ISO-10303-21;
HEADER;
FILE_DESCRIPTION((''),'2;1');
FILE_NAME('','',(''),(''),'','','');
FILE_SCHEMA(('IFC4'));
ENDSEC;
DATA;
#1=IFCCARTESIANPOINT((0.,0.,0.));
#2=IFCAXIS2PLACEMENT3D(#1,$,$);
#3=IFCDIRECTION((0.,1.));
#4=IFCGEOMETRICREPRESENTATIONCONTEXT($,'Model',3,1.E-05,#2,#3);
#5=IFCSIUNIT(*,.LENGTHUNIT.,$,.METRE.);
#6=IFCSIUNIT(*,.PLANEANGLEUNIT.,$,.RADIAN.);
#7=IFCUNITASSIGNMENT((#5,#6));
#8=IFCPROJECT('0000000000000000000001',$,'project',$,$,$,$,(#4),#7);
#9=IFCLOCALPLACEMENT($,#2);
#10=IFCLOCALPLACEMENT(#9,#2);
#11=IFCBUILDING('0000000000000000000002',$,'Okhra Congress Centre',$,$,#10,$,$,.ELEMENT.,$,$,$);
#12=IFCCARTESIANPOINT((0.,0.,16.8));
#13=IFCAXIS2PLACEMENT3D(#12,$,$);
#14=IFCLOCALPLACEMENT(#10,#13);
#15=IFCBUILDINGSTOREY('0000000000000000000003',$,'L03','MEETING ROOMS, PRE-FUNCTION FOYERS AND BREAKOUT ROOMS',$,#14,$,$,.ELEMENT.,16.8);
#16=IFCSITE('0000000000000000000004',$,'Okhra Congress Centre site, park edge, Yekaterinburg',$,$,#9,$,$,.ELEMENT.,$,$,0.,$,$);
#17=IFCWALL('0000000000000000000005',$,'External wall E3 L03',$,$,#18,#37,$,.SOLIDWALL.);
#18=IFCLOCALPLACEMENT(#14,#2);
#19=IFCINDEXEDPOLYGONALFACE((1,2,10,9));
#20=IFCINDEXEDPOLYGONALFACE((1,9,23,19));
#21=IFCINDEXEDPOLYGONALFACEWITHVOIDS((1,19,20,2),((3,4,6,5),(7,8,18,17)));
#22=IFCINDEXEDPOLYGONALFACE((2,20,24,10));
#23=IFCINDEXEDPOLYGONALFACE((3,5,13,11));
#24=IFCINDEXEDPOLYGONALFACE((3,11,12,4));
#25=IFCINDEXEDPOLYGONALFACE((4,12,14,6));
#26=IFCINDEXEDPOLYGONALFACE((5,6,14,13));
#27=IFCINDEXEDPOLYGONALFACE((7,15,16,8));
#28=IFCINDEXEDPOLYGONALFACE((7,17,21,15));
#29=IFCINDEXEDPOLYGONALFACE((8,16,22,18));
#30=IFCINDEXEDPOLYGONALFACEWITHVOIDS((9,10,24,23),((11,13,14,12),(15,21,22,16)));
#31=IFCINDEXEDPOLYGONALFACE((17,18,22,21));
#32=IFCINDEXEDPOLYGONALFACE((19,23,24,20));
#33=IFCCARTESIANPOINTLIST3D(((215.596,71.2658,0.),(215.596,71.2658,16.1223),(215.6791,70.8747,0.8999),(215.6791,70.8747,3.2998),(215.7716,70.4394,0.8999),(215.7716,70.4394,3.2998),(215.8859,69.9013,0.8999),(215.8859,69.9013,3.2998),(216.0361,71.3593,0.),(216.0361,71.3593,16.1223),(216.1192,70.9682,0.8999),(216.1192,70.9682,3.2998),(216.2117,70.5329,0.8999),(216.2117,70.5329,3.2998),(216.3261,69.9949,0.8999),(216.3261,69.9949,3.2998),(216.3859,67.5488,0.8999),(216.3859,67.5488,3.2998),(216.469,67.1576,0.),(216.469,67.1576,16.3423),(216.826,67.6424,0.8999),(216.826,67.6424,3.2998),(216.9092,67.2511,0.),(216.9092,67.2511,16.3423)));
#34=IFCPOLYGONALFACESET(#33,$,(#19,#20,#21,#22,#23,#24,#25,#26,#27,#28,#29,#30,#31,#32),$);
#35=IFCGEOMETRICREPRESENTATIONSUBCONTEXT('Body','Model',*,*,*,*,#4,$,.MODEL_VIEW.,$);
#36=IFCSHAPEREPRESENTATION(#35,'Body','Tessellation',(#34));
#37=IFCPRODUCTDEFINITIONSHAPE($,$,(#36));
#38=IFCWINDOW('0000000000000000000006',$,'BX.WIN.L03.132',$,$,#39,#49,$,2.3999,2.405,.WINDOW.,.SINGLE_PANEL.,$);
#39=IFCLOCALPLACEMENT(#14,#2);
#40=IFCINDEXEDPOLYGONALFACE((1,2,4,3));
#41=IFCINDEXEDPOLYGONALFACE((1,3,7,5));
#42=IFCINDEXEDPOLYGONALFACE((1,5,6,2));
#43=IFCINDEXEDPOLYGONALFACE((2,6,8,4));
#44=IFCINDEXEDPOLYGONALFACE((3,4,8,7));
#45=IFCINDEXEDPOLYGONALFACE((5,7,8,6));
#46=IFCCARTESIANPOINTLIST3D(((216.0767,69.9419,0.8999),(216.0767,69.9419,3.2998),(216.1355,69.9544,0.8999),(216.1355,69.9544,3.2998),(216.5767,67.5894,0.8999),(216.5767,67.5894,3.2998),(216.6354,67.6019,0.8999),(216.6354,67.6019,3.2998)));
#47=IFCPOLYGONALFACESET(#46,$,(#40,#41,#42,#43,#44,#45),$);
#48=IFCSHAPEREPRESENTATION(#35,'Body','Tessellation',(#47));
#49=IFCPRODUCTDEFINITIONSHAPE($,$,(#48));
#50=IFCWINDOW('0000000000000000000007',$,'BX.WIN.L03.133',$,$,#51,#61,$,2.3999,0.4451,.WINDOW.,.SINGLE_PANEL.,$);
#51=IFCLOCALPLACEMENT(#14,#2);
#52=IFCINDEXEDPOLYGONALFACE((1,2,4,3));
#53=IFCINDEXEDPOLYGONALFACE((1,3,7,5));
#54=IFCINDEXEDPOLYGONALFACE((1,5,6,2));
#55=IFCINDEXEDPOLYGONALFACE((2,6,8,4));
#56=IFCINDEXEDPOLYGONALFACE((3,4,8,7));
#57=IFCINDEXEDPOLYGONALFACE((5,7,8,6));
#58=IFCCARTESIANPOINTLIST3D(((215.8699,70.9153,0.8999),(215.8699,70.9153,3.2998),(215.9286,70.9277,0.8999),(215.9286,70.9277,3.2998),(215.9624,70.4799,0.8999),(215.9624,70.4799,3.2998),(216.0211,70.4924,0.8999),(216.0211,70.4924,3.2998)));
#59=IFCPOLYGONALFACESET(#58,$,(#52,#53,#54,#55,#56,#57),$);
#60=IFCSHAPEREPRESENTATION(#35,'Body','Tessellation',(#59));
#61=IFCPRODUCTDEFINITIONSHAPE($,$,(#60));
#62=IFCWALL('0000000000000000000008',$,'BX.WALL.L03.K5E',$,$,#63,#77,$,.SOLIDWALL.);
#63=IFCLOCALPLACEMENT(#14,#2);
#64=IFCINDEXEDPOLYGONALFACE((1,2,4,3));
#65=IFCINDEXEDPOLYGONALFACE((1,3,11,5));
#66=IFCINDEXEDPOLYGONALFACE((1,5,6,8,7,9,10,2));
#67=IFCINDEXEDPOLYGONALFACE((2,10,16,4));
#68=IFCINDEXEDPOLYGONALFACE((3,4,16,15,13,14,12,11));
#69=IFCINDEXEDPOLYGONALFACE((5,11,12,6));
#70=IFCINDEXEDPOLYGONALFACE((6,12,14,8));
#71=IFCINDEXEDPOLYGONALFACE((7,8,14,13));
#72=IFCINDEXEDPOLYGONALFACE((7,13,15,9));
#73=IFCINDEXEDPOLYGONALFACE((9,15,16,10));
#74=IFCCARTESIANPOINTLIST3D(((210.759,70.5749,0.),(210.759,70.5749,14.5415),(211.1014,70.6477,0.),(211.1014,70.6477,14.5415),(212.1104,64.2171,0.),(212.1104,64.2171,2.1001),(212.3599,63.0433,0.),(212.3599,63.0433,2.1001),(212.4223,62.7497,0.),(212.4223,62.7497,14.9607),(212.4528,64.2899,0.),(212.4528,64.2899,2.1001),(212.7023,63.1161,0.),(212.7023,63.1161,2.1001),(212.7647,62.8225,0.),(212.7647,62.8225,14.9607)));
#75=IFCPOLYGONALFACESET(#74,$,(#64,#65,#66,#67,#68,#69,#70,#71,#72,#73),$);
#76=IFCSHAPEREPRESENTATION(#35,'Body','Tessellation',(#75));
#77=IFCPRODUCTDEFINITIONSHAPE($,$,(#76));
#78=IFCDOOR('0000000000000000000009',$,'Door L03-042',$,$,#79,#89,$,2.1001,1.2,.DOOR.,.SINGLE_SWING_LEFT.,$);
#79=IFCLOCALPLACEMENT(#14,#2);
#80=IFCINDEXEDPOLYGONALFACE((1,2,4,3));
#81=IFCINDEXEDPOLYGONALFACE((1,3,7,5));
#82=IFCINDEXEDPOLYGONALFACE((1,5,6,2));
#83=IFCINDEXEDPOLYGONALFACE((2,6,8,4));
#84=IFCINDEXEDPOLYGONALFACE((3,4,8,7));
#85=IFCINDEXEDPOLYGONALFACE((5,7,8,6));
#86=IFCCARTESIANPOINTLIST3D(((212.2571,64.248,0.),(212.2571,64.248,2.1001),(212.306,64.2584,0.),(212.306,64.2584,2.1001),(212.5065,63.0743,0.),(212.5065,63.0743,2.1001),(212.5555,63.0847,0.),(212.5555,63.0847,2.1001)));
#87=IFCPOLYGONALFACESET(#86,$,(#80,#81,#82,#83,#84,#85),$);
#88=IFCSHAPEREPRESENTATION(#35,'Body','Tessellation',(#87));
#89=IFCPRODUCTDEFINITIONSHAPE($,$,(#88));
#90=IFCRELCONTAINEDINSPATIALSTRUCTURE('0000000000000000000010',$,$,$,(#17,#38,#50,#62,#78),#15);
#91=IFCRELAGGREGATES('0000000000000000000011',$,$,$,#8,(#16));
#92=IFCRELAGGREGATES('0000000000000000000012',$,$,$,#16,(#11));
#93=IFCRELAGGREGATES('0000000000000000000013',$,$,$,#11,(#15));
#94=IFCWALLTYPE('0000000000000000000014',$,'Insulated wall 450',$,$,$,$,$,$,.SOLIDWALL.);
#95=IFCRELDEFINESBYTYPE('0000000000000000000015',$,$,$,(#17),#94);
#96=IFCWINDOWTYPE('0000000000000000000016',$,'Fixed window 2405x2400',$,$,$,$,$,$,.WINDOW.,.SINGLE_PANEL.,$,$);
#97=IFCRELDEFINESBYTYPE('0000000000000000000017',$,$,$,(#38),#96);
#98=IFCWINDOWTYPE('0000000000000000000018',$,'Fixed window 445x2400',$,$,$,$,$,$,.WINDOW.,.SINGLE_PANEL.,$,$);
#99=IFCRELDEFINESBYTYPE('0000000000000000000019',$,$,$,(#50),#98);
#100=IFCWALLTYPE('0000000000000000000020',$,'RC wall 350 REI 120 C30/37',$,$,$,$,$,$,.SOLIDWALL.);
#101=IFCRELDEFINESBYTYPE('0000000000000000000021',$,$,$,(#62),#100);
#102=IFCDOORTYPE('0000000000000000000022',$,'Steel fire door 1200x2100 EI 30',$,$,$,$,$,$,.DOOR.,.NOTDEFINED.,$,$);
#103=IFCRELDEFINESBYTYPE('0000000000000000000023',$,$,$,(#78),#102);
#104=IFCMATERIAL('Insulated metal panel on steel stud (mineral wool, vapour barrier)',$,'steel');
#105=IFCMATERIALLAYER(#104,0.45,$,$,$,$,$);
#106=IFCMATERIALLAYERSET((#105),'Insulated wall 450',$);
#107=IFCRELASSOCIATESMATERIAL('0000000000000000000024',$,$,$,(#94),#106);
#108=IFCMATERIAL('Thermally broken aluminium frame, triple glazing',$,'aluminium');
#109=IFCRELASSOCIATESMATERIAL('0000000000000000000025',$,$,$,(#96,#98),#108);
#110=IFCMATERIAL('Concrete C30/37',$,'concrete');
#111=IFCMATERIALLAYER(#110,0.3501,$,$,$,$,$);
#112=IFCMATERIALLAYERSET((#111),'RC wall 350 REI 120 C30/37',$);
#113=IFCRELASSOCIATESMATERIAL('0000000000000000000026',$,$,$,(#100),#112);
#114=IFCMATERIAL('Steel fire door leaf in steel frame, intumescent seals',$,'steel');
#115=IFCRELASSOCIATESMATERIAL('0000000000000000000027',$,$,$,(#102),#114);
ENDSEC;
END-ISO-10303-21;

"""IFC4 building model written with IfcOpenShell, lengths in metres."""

from ifc_helpers import new_model, si_unit, direction, frame, frame_2d, origin, place, context, subcontext, project, spatial, polyline, rectangle, outline, extrude, material, layer, layer_set, type_object, element, fill, save


model = new_model("IFC4")

# Units and contexts
model_context = context("Model", 3, precision=1e-05, world=origin(), true_north=direction((0.0, 1.0)))
body_context = subcontext(model_context, "Body", "Model", "MODEL_VIEW")
ifc_project = project(units=[si_unit("LENGTHUNIT", "METRE"), si_unit("PLANEANGLEUNIT", "RADIAN")], contexts=[model_context])

# Site, building, storey
site_placement = place(None, origin())
site = spatial("IfcSite", under=ifc_project, at=site_placement, Name="Okhra Congress Centre site, park edge, Yekaterinburg", CompositionType="ELEMENT", RefElevation=0.0)
building_placement = place(site_placement, origin())
building = spatial("IfcBuilding", under=site, at=building_placement, Name="Okhra Congress Centre", CompositionType="ELEMENT")
storey_placement = place(building_placement, frame((0.0, 0.0, 16.8)))
storey = spatial("IfcBuildingStorey", under=building, at=storey_placement, Name="L03", Description="MEETING ROOMS, PRE-FUNCTION FOYERS AND BREAKOUT ROOMS", CompositionType="ELEMENT", Elevation=16.8)

# Shared definitions
ifc_material_1 = material(Name="Insulated metal panel on steel stud (mineral wool, vapour barrier)", Category="steel")
ifc_layer_1 = layer(ifc_material_1, 0.45)
ifc_layer_set_1 = layer_set([ifc_layer_1], Name="Insulated wall 450")
wall_type_1 = type_object("IfcWallType", Name="Insulated wall 450", PredefinedType="SOLIDWALL", material=ifc_layer_set_1)
ifc_material_2 = material(Name="Thermally broken aluminium frame, triple glazing", Category="aluminium")

# Wall, openings, windows
wall_1_placement = place(storey_placement, frame((216.6892, 67.2043, 0.0), z_axis=(0.0, 0.0, 1.0), x_axis=(-0.207873, 0.978156, 0.0)))
wall_1 = element("IfcWall", 1, at=wall_1_placement, inside=storey, type_object=wall_type_1, Name="External wall E3 L03", PredefinedType="SOLIDWALL", context=body_context, shape_type="SweptSolid", body=[
    extrude(outline(polyline([(0.0, 0.0), (4.2, 0.0), (4.2, 16.1223), (0.0, 16.3423), (0.0, 0.0)])), frame((0.0, 0.2251, 0.0), z_axis=(0.0, -1.0, 0.0), x_axis=(1.0, 0.0, 0.0)), (0.0, 0.0, 1.0), 0.45),
])
opening_1_placement = place(wall_1_placement, frame((0.3999, 0.0, 0.8999)))
opening_1 = element("IfcOpeningElement", 2, at=opening_1_placement, cuts=wall_1, PredefinedType="OPENING", context=body_context, shape_type="SweptSolid", body=[
    extrude(rectangle(XDim=2.405, YDim=2.3999, at=frame_2d((1.2026, 1.2))), frame((0.0, 0.2349, 0.0), z_axis=(0.0, -1.0, 0.0), x_axis=(1.0, 0.0, 0.0)), (0.0, 0.0, 1.0), 0.47),
])
opening_2_placement = place(wall_1_placement, frame((3.355, 0.0, 0.8999)))
opening_2 = element("IfcOpeningElement", 3, at=opening_2_placement, cuts=wall_1, PredefinedType="OPENING", context=body_context, shape_type="SweptSolid", body=[
    extrude(rectangle(XDim=0.4451, YDim=2.3999, at=frame_2d((0.2227, 1.2))), frame((0.0, 0.2349, 0.0), z_axis=(0.0, -1.0, 0.0), x_axis=(1.0, 0.0, 0.0)), (0.0, 0.0, 1.0), 0.47),
])
window_type_1 = type_object("IfcWindowType", Name="Fixed window 2405x2400", PartitioningType="SINGLE_PANEL", PredefinedType="WINDOW", material=ifc_material_2)
window_1_placement = place(opening_1_placement, origin())
window_1 = element("IfcWindow", 4, at=window_1_placement, inside=storey, type_object=window_type_1, Name="BX.WIN.L03.132", OverallHeight=2.3999, OverallWidth=2.405, PartitioningType="SINGLE_PANEL", PredefinedType="WINDOW", context=body_context, shape_type="SweptSolid", body=[
    extrude(rectangle(XDim=2.405, YDim=2.3999, at=frame_2d((1.2026, 1.2))), frame((0.0, 0.03, 0.0), z_axis=(0.0, -1.0, 0.0), x_axis=(1.0, 0.0, 0.0)), (0.0, 0.0, 1.0), 0.0601),
])
fill(opening_1, window_1)
window_type_2 = type_object("IfcWindowType", Name="Fixed window 445x2400", PartitioningType="SINGLE_PANEL", PredefinedType="WINDOW", material=ifc_material_2)
window_2_placement = place(opening_2_placement, origin())
window_2 = element("IfcWindow", 5, at=window_2_placement, inside=storey, type_object=window_type_2, Name="BX.WIN.L03.133", OverallHeight=2.3999, OverallWidth=0.4451, PartitioningType="SINGLE_PANEL", PredefinedType="WINDOW", context=body_context, shape_type="SweptSolid", body=[
    extrude(rectangle(XDim=0.4451, YDim=2.3999, at=frame_2d((0.2227, 1.2))), frame((0.0, 0.03, 0.0), z_axis=(0.0, -1.0, 0.0), x_axis=(1.0, 0.0, 0.0)), (0.0, 0.0, 1.0), 0.0601),
])
fill(opening_2, window_2)

# Wall, opening, door
ifc_material_3 = material(Name="Concrete C30/37", Category="concrete")
ifc_layer_2 = layer(ifc_material_3, 0.3501)
ifc_layer_set_2 = layer_set([ifc_layer_2], Name="RC wall 350 REI 120 C30/37")
wall_type_2 = type_object("IfcWallType", Name="RC wall 350 REI 120 C30/37", PredefinedType="SOLIDWALL", material=ifc_layer_set_2)
wall_2_placement = place(storey_placement, frame((212.5935, 62.7861, 0.0), z_axis=(0.0, 0.0, 1.0), x_axis=(-0.207916, 0.978147, 0.0)))
wall_2 = element("IfcWall", 6, at=wall_2_placement, inside=storey, type_object=wall_type_2, Name="BX.WALL.L03.K5E", PredefinedType="SOLIDWALL", context=body_context, shape_type="SweptSolid", body=[
    extrude(outline(polyline([(0.0, 0.0), (8.0, 0.0), (8.0, 14.5415), (0.0, 14.9607), (0.0, 0.0)])), frame((0.0, 0.175, 0.0), z_axis=(0.0, -1.0, 0.0), x_axis=(1.0, 0.0, 0.0)), (0.0, 0.0, 1.0), 0.3501),
])
opening_3_placement = place(wall_2_placement, frame((0.3, 0.0, 0.0)))
opening_3 = element("IfcOpeningElement", 7, at=opening_3_placement, cuts=wall_2, PredefinedType="OPENING", context=body_context, shape_type="SweptSolid", body=[
    extrude(rectangle(XDim=1.2, YDim=2.1001, at=frame_2d((0.6001, 1.05))), frame((0.0, 0.1851, 0.0), z_axis=(0.0, -1.0, 0.0), x_axis=(1.0, 0.0, 0.0)), (0.0, 0.0, 1.0), 0.3701),
])
ifc_material_4 = material(Name="Steel fire door leaf in steel frame, intumescent seals", Category="steel")
door_type = type_object("IfcDoorType", Name="Steel fire door 1200x2100 EI 30", OperationType="NOTDEFINED", PredefinedType="DOOR", material=ifc_material_4)
door_placement = place(opening_3_placement, frame((1.2, 0.0, 0.0), z_axis=(0.0, 0.0, 1.0), x_axis=(-1.0, 0.0, 0.0)))
door = element("IfcDoor", 8, at=door_placement, inside=storey, type_object=door_type, Name="Door L03-042", OperationType="SINGLE_SWING_LEFT", OverallHeight=2.1001, OverallWidth=1.2, PredefinedType="DOOR", context=body_context, shape_type="SweptSolid", body=[
    extrude(rectangle(XDim=1.2, YDim=2.1001, at=frame_2d((0.6001, 1.05))), frame((0.0, 0.0249, 0.0), z_axis=(0.0, -1.0, 0.0), x_axis=(1.0, 0.0, 0.0)), (0.0, 0.0, 1.0), 0.05),
])
fill(opening_3, door)

save(model, "model.ifc")
